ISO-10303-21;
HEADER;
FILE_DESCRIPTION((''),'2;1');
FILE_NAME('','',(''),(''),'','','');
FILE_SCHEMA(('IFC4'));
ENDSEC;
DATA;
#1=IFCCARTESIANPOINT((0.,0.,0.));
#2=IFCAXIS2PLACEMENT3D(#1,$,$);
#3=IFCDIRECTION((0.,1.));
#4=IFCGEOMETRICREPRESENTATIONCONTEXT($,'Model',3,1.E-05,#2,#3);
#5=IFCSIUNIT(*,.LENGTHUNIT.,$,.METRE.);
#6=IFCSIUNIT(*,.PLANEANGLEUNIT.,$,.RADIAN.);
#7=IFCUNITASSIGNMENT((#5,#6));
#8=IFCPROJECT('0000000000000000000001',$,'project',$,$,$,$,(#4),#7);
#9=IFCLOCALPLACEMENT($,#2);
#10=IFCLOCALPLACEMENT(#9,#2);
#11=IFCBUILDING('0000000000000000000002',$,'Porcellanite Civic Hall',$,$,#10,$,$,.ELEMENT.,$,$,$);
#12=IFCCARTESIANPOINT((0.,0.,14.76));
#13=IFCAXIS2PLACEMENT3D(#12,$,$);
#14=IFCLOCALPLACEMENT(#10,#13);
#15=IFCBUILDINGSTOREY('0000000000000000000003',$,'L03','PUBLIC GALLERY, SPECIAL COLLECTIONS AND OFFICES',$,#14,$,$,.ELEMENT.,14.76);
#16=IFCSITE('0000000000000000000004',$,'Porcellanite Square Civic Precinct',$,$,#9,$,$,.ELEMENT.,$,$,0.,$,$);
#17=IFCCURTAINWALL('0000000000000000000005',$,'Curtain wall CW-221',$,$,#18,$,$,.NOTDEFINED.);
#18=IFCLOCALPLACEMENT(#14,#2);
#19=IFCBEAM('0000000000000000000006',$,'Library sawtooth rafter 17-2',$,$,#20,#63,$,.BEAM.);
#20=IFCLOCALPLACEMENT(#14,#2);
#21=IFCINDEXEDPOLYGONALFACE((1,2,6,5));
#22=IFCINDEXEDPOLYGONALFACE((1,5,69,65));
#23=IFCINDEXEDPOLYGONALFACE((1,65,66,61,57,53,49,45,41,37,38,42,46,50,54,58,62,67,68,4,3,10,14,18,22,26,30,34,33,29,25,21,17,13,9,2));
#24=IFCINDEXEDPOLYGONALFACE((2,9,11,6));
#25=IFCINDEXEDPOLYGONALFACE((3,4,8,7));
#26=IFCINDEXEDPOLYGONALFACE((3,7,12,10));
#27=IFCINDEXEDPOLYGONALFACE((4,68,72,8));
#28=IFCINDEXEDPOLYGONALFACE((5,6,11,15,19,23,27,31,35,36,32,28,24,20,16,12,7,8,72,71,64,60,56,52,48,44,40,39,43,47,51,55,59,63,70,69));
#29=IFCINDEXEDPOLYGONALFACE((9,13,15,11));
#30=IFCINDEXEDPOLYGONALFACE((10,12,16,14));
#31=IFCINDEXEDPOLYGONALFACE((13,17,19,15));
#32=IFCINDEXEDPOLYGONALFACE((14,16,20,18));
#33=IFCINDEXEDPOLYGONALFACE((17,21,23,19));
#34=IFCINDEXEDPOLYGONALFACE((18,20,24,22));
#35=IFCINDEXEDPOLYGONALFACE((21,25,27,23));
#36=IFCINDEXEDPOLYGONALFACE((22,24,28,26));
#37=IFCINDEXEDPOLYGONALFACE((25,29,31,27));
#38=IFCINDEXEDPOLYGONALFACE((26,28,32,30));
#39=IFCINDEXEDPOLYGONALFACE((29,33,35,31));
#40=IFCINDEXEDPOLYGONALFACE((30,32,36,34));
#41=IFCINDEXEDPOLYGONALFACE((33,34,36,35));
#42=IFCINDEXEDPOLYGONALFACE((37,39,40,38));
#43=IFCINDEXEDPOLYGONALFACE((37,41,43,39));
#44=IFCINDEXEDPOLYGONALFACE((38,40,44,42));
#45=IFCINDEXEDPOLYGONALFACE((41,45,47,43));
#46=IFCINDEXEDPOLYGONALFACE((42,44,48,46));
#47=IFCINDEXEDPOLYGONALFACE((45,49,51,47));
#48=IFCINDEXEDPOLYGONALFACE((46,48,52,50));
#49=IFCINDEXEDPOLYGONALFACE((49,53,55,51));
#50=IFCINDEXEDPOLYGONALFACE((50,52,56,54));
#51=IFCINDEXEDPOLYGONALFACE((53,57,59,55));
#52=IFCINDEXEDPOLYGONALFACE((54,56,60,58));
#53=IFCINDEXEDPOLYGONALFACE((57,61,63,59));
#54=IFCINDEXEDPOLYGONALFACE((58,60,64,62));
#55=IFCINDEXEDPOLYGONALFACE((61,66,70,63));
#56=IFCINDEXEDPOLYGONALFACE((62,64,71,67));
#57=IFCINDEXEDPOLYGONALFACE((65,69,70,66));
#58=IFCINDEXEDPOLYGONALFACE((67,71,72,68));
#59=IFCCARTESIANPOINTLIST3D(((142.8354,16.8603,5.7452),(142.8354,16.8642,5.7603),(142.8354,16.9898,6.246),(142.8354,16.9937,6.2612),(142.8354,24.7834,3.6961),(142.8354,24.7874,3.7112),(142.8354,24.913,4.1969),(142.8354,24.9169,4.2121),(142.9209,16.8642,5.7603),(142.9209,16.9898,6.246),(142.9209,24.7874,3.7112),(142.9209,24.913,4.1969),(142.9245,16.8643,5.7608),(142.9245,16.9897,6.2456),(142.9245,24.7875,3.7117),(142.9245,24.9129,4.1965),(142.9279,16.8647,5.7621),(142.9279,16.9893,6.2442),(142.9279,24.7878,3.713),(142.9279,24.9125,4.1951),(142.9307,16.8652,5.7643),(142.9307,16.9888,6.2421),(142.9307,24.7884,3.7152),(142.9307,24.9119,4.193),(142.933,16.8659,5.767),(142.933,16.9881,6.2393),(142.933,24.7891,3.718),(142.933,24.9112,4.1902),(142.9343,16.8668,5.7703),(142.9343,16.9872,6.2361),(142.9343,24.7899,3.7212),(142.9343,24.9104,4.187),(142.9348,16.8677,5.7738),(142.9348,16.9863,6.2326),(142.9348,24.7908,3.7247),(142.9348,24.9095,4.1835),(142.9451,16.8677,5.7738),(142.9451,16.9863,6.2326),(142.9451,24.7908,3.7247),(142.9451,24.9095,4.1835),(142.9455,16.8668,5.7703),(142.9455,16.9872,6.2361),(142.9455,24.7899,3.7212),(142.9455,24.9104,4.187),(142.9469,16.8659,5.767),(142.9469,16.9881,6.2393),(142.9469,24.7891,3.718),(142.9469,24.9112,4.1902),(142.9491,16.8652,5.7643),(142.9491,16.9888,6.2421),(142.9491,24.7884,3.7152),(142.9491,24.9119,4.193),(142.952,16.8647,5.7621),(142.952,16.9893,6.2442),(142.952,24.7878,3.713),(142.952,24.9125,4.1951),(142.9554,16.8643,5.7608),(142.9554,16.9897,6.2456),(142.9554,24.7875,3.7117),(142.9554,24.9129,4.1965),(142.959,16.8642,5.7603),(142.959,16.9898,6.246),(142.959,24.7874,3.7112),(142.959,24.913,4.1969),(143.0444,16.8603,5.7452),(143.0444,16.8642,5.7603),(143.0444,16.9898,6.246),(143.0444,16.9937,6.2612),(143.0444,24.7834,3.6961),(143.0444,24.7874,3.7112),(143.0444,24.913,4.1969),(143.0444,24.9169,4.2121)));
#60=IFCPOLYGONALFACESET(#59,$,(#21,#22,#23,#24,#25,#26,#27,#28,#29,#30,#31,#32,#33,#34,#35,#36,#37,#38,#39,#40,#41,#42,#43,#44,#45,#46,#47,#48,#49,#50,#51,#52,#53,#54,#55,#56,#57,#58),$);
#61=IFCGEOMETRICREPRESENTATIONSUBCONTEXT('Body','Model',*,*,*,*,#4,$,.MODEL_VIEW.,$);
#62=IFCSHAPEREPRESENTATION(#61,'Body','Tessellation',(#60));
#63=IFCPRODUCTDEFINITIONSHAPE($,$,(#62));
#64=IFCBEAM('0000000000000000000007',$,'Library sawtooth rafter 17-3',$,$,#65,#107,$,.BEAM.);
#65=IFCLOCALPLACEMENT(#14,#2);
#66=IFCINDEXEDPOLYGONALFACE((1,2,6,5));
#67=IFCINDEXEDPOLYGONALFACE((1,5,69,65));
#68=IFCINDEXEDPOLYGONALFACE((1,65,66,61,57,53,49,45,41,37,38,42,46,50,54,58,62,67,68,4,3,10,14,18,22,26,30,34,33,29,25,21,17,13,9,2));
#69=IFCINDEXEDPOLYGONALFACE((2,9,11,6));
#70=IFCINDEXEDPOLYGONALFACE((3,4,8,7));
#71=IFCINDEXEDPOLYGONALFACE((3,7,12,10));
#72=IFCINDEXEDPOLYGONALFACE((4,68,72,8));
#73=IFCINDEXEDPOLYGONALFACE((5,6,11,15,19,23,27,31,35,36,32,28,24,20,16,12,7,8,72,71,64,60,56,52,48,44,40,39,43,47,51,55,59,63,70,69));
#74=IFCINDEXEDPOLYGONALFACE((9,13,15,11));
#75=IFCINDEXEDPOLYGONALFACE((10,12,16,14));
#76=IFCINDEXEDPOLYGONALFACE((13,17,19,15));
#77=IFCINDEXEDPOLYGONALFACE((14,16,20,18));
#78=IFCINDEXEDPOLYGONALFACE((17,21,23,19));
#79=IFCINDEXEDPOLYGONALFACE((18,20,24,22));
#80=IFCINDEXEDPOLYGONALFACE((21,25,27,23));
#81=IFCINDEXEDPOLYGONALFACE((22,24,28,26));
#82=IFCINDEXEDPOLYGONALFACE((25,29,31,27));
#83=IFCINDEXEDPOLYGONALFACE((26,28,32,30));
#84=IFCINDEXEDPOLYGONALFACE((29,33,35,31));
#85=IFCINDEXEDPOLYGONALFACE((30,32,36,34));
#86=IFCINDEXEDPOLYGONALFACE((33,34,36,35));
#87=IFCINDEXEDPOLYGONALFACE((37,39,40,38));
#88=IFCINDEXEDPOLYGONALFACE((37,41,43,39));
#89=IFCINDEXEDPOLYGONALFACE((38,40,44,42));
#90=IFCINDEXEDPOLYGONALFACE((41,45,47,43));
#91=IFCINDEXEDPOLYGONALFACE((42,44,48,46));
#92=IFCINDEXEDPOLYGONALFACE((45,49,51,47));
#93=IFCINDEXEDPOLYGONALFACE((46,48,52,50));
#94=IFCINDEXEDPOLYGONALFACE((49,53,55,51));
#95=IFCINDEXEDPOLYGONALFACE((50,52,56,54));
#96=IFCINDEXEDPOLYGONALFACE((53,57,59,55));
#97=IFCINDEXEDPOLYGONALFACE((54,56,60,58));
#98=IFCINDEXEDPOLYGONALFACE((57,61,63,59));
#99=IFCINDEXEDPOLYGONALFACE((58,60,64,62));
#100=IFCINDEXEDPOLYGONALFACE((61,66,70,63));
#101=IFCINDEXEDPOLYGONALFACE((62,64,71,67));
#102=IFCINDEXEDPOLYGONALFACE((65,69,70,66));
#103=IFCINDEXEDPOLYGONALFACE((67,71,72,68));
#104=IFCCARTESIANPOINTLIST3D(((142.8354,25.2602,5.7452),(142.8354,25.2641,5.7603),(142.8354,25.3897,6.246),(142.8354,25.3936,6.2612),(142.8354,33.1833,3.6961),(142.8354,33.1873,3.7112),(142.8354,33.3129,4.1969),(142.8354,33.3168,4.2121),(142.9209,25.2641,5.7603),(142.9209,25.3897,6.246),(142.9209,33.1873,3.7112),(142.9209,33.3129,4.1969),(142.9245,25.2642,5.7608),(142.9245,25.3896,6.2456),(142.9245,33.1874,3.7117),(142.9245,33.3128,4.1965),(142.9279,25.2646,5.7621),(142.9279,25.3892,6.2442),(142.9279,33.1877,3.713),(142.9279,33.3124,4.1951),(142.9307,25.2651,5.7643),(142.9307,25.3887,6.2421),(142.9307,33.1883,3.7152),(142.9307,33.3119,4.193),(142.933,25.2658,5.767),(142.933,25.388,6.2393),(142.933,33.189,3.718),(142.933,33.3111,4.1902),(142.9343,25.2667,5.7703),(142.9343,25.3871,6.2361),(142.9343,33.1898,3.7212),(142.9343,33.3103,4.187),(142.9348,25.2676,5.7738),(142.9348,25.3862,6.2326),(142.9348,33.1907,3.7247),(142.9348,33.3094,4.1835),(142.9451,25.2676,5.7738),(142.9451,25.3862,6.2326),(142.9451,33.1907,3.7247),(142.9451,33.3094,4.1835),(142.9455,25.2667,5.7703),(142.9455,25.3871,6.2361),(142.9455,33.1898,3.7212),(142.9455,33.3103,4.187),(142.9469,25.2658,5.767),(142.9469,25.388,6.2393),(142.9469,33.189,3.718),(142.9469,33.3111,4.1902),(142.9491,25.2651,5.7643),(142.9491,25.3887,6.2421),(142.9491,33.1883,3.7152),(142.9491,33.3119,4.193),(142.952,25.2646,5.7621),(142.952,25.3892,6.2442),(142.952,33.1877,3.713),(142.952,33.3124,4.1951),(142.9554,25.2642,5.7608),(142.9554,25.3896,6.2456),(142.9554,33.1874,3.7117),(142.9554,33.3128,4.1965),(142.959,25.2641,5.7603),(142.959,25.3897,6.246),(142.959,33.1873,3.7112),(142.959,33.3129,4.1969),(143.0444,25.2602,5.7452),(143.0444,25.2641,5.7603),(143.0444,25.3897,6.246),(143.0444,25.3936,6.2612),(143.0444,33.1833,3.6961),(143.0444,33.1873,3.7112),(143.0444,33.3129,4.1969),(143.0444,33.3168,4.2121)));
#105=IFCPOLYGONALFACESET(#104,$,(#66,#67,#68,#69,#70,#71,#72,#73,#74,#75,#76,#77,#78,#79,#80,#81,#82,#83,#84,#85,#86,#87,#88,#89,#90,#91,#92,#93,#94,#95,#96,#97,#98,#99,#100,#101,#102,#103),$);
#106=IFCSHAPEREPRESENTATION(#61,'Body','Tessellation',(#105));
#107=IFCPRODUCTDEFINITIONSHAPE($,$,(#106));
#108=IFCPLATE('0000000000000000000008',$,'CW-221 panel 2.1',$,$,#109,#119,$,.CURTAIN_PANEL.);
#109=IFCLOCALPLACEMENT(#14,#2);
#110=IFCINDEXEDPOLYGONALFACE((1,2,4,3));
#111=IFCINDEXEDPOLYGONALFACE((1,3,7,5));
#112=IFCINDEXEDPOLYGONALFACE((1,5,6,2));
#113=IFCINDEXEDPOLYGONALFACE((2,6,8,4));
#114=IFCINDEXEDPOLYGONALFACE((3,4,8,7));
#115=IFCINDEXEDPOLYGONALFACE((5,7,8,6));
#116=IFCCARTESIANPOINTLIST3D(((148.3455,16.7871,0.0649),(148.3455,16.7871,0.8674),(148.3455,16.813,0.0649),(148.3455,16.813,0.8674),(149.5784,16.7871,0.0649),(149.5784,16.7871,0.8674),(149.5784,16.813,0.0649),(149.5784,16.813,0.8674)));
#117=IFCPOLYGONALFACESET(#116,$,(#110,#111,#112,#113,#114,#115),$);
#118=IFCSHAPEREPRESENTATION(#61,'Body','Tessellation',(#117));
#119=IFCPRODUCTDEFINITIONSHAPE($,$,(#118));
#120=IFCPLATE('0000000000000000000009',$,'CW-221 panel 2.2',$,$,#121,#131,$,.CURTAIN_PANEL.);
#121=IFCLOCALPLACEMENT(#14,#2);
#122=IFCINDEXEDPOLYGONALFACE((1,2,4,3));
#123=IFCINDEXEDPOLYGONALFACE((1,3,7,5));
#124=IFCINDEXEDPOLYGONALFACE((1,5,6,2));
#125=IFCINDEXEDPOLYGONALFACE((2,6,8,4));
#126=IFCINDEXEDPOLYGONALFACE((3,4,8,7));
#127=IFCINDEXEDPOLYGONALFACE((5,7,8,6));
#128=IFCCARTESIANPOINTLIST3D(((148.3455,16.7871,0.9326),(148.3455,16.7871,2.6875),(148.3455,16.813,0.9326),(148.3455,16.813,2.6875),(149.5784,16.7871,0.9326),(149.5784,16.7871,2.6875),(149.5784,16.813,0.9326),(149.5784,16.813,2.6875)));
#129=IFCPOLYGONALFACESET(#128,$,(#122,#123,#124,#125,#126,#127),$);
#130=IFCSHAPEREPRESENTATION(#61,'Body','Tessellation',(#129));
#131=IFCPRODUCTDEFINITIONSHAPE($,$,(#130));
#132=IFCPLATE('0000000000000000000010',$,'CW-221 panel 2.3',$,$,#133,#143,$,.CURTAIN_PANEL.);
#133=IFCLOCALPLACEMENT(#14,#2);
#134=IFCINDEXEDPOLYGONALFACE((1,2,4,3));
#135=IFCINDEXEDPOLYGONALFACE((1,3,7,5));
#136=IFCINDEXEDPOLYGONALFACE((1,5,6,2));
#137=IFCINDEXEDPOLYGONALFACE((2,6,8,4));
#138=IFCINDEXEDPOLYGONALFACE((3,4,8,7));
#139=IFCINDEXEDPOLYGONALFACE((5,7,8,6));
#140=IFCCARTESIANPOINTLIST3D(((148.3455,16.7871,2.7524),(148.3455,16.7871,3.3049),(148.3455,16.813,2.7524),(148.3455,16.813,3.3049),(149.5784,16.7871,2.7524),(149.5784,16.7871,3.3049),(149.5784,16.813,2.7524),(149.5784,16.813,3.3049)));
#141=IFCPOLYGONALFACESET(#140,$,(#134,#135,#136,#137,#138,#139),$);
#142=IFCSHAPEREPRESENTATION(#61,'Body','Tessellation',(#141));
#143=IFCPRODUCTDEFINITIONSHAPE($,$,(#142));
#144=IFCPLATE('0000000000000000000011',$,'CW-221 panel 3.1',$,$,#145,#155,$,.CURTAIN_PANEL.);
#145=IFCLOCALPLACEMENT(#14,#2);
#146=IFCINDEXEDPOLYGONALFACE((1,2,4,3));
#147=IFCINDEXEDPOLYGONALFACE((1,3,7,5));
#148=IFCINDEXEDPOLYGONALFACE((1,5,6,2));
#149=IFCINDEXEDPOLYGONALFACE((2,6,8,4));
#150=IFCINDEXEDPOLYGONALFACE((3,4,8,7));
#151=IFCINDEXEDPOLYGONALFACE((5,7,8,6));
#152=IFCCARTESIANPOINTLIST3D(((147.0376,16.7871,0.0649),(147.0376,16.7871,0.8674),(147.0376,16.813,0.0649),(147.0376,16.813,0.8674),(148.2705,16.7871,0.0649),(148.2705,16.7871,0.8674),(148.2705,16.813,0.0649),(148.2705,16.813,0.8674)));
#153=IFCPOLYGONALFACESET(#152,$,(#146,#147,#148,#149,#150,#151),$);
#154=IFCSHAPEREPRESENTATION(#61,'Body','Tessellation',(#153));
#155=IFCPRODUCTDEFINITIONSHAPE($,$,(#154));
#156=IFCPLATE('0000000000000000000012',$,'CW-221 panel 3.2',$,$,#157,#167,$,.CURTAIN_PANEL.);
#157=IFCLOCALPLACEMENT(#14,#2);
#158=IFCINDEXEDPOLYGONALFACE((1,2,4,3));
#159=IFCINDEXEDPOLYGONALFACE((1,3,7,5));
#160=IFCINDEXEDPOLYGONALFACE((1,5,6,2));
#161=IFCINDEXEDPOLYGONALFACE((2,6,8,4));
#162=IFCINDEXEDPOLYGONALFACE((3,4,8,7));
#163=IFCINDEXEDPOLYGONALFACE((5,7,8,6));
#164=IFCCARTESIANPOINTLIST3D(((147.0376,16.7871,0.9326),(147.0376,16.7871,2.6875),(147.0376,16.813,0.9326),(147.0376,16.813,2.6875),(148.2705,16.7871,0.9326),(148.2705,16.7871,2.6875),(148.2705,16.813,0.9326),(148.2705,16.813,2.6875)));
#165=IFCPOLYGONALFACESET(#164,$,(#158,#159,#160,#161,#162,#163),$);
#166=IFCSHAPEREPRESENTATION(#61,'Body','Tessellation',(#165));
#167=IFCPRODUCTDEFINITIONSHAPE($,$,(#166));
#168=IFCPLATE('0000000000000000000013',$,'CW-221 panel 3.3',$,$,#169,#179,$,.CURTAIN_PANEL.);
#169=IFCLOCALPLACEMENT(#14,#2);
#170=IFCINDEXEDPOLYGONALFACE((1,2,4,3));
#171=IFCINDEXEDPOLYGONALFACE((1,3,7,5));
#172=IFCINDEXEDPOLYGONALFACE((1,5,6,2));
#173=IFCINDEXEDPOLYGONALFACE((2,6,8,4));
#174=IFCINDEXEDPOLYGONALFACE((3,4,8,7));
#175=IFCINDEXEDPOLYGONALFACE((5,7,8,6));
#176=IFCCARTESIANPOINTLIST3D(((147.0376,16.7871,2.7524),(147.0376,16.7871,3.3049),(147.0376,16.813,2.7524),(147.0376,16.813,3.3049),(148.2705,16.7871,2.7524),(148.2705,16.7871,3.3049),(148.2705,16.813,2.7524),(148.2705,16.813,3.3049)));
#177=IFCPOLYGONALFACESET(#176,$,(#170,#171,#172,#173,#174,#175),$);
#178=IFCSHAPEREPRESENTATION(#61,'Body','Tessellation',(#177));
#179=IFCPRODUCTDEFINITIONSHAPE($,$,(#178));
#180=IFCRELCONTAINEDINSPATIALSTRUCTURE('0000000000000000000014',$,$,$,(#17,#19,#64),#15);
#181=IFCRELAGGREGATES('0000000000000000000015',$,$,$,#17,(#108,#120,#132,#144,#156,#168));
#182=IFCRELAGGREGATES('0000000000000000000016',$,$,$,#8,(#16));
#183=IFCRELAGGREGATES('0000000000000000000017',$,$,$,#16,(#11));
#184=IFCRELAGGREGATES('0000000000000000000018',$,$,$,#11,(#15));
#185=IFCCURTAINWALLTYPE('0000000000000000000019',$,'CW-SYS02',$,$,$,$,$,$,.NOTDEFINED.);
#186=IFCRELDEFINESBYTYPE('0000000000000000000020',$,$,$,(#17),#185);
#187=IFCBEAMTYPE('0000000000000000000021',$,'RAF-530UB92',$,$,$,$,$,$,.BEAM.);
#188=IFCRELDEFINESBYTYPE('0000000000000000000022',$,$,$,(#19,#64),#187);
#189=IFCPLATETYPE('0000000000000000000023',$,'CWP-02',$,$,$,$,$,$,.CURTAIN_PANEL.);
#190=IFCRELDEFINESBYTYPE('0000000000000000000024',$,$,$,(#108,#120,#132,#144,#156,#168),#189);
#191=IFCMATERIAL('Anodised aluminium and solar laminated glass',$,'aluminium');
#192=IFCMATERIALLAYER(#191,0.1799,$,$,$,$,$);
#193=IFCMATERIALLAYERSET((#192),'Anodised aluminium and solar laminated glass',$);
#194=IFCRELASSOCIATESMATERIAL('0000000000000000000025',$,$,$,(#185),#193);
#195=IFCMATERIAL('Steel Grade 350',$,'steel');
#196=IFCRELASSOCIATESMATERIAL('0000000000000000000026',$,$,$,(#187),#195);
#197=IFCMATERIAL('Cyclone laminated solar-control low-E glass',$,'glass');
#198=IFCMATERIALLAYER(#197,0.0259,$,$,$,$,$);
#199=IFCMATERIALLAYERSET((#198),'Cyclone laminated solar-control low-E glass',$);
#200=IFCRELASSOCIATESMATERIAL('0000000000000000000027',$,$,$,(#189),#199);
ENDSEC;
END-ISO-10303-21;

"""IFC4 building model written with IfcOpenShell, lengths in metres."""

from ifc_helpers import new_model, si_unit, direction, frame, origin, origin_2d, place, context, subcontext, project, spatial, rectangle, i_section, extrude, material, layer, layer_set, material_profile, profile_set, type_object, element, aggregate, save


model = new_model("IFC4")

# Units and contexts
model_context = context("Model", 3, precision=1e-05, world=origin(), true_north=direction((0.0, 1.0)))
body_context = subcontext(model_context, "Body", "Model", "MODEL_VIEW")
ifc_project = project(units=[si_unit("LENGTHUNIT", "METRE"), si_unit("PLANEANGLEUNIT", "RADIAN")], contexts=[model_context])

# Site, building, storey
site_placement = place(None, origin())
site = spatial("IfcSite", under=ifc_project, at=site_placement, Name="Porcellanite Square Civic Precinct", CompositionType="ELEMENT", RefElevation=0.0)
building_placement = place(site_placement, origin())
building = spatial("IfcBuilding", under=site, at=building_placement, Name="Porcellanite Civic Hall", CompositionType="ELEMENT")
storey_placement = place(building_placement, frame((0.0, 0.0, 14.76)))
storey = spatial("IfcBuildingStorey", under=building, at=storey_placement, Name="L03", Description="PUBLIC GALLERY, SPECIAL COLLECTIONS AND OFFICES", CompositionType="ELEMENT", Elevation=14.76)

# Curtain wall
ifc_material_1 = material(Name="Anodised aluminium and solar laminated glass", Category="aluminium")
ifc_layer_1 = layer(ifc_material_1, 0.1799)
ifc_layer_set_1 = layer_set([ifc_layer_1], Name="Anodised aluminium and solar laminated glass")
curtain_wall_type = type_object("IfcCurtainWallType", Name="CW-SYS02", PredefinedType="NOTDEFINED", material=ifc_layer_set_1)
curtain_wall_placement = place(storey_placement, origin())
curtain_wall = element("IfcCurtainWall", 1, at=curtain_wall_placement, inside=storey, type_object=curtain_wall_type, Name="Curtain wall CW-221", PredefinedType="NOTDEFINED")

# Beams
ifc_material_2 = material(Name="Steel Grade 350", Category="steel")
ifc_material_profile_1 = material_profile(ifc_material_2, i_section(OverallWidth=0.209, OverallDepth=0.533, WebThickness=0.0103, FlangeThickness=0.0156, FilletRadius=0.0139, at=origin_2d()), Name="530UB92.4")
ifc_profile_set_1 = profile_set([ifc_material_profile_1], Name="Steel Grade 350")
beam_type_1 = type_object("IfcBeamType", Name="RAF-530UB92", PredefinedType="BEAM", material=ifc_profile_set_1)
for number, where, z_axis, x_axis, name in (
    (2, (142.9399, 16.927, 6.0032), (0.0, 0.968147, -0.250382), (-1.0, 0.0, 0.0), "Library sawtooth rafter 17-2"),
    (3, (142.9399, 25.3269, 6.0032), (0.0, 0.968147, -0.250382), (-1.0, 0.0, 0.0), "Library sawtooth rafter 17-3"),
):
    element("IfcBeam", number, at=place(storey_placement, frame(where, z_axis=z_axis, x_axis=x_axis)), inside=storey, type_object=beam_type_1, Name=name, PredefinedType="BEAM", context=body_context, shape_type="SweptSolid", body=[
        extrude(i_section(OverallWidth=0.209, OverallDepth=0.533, WebThickness=0.0103, FlangeThickness=0.0156, FilletRadius=0.0139, at=origin_2d()), origin(), (0.0, 0.0, 1.0), 8.1838),
    ])

# Plates
ifc_material_3 = material(Name="Cyclone laminated solar-control low-E glass", Category="glass")
ifc_layer_2 = layer(ifc_material_3, 0.0259)
ifc_layer_set_2 = layer_set([ifc_layer_2], Name="Cyclone laminated solar-control low-E glass")
plate_type = type_object("IfcPlateType", Name="CWP-02", PredefinedType="CURTAIN_PANEL", material=ifc_layer_set_2)
plate_1_placement = place(storey_placement, frame((148.9619, 16.8, 0.0649), z_axis=(0.0, 0.0, 1.0), x_axis=(-1.0, 0.0, 0.0)))
plate_1 = element("IfcPlate", 4, at=plate_1_placement, type_object=plate_type, Name="CW-221 panel 2.1", PredefinedType="CURTAIN_PANEL", context=body_context, shape_type="SweptSolid", body=[
    extrude(rectangle(XDim=1.2329, YDim=0.0259, at=origin_2d()), origin(), (0.0, 0.0, 1.0), 0.8025),
])
plate_2_placement = place(storey_placement, frame((148.9619, 16.8, 0.9326), z_axis=(0.0, 0.0, 1.0), x_axis=(-1.0, 0.0, 0.0)))
plate_2 = element("IfcPlate", 5, at=plate_2_placement, type_object=plate_type, Name="CW-221 panel 2.2", PredefinedType="CURTAIN_PANEL", context=body_context, shape_type="SweptSolid", body=[
    extrude(rectangle(XDim=1.2329, YDim=0.0259, at=origin_2d()), origin(), (0.0, 0.0, 1.0), 1.7549),
])
plate_3_placement = place(storey_placement, frame((148.9619, 16.8, 2.7524), z_axis=(0.0, 0.0, 1.0), x_axis=(-1.0, 0.0, 0.0)))
plate_3 = element("IfcPlate", 6, at=plate_3_placement, type_object=plate_type, Name="CW-221 panel 2.3", PredefinedType="CURTAIN_PANEL", context=body_context, shape_type="SweptSolid", body=[
    extrude(rectangle(XDim=1.2329, YDim=0.0259, at=origin_2d()), origin(), (0.0, 0.0, 1.0), 0.5525),
])
plate_4_placement = place(storey_placement, frame((147.6541, 16.8, 0.0649), z_axis=(0.0, 0.0, 1.0), x_axis=(-1.0, 0.0, 0.0)))
plate_4 = element("IfcPlate", 7, at=plate_4_placement, type_object=plate_type, Name="CW-221 panel 3.1", PredefinedType="CURTAIN_PANEL", context=body_context, shape_type="SweptSolid", body=[
    extrude(rectangle(XDim=1.2329, YDim=0.0259, at=origin_2d()), origin(), (0.0, 0.0, 1.0), 0.8025),
])
plate_5_placement = place(storey_placement, frame((147.6541, 16.8, 0.9326), z_axis=(0.0, 0.0, 1.0), x_axis=(-1.0, 0.0, 0.0)))
plate_5 = element("IfcPlate", 8, at=plate_5_placement, type_object=plate_type, Name="CW-221 panel 3.2", PredefinedType="CURTAIN_PANEL", context=body_context, shape_type="SweptSolid", body=[
    extrude(rectangle(XDim=1.2329, YDim=0.0259, at=origin_2d()), origin(), (0.0, 0.0, 1.0), 1.7549),
])
plate_6_placement = place(storey_placement, frame((147.6541, 16.8, 2.7524), z_axis=(0.0, 0.0, 1.0), x_axis=(-1.0, 0.0, 0.0)))
plate_6 = element("IfcPlate", 9, at=plate_6_placement, type_object=plate_type, Name="CW-221 panel 3.3", PredefinedType="CURTAIN_PANEL", context=body_context, shape_type="SweptSolid", body=[
    extrude(rectangle(XDim=1.2329, YDim=0.0259, at=origin_2d()), origin(), (0.0, 0.0, 1.0), 0.5525),
])
aggregate(curtain_wall, [plate_1, plate_2, plate_3, plate_4, plate_5, plate_6])

save(model, "model.ifc")
